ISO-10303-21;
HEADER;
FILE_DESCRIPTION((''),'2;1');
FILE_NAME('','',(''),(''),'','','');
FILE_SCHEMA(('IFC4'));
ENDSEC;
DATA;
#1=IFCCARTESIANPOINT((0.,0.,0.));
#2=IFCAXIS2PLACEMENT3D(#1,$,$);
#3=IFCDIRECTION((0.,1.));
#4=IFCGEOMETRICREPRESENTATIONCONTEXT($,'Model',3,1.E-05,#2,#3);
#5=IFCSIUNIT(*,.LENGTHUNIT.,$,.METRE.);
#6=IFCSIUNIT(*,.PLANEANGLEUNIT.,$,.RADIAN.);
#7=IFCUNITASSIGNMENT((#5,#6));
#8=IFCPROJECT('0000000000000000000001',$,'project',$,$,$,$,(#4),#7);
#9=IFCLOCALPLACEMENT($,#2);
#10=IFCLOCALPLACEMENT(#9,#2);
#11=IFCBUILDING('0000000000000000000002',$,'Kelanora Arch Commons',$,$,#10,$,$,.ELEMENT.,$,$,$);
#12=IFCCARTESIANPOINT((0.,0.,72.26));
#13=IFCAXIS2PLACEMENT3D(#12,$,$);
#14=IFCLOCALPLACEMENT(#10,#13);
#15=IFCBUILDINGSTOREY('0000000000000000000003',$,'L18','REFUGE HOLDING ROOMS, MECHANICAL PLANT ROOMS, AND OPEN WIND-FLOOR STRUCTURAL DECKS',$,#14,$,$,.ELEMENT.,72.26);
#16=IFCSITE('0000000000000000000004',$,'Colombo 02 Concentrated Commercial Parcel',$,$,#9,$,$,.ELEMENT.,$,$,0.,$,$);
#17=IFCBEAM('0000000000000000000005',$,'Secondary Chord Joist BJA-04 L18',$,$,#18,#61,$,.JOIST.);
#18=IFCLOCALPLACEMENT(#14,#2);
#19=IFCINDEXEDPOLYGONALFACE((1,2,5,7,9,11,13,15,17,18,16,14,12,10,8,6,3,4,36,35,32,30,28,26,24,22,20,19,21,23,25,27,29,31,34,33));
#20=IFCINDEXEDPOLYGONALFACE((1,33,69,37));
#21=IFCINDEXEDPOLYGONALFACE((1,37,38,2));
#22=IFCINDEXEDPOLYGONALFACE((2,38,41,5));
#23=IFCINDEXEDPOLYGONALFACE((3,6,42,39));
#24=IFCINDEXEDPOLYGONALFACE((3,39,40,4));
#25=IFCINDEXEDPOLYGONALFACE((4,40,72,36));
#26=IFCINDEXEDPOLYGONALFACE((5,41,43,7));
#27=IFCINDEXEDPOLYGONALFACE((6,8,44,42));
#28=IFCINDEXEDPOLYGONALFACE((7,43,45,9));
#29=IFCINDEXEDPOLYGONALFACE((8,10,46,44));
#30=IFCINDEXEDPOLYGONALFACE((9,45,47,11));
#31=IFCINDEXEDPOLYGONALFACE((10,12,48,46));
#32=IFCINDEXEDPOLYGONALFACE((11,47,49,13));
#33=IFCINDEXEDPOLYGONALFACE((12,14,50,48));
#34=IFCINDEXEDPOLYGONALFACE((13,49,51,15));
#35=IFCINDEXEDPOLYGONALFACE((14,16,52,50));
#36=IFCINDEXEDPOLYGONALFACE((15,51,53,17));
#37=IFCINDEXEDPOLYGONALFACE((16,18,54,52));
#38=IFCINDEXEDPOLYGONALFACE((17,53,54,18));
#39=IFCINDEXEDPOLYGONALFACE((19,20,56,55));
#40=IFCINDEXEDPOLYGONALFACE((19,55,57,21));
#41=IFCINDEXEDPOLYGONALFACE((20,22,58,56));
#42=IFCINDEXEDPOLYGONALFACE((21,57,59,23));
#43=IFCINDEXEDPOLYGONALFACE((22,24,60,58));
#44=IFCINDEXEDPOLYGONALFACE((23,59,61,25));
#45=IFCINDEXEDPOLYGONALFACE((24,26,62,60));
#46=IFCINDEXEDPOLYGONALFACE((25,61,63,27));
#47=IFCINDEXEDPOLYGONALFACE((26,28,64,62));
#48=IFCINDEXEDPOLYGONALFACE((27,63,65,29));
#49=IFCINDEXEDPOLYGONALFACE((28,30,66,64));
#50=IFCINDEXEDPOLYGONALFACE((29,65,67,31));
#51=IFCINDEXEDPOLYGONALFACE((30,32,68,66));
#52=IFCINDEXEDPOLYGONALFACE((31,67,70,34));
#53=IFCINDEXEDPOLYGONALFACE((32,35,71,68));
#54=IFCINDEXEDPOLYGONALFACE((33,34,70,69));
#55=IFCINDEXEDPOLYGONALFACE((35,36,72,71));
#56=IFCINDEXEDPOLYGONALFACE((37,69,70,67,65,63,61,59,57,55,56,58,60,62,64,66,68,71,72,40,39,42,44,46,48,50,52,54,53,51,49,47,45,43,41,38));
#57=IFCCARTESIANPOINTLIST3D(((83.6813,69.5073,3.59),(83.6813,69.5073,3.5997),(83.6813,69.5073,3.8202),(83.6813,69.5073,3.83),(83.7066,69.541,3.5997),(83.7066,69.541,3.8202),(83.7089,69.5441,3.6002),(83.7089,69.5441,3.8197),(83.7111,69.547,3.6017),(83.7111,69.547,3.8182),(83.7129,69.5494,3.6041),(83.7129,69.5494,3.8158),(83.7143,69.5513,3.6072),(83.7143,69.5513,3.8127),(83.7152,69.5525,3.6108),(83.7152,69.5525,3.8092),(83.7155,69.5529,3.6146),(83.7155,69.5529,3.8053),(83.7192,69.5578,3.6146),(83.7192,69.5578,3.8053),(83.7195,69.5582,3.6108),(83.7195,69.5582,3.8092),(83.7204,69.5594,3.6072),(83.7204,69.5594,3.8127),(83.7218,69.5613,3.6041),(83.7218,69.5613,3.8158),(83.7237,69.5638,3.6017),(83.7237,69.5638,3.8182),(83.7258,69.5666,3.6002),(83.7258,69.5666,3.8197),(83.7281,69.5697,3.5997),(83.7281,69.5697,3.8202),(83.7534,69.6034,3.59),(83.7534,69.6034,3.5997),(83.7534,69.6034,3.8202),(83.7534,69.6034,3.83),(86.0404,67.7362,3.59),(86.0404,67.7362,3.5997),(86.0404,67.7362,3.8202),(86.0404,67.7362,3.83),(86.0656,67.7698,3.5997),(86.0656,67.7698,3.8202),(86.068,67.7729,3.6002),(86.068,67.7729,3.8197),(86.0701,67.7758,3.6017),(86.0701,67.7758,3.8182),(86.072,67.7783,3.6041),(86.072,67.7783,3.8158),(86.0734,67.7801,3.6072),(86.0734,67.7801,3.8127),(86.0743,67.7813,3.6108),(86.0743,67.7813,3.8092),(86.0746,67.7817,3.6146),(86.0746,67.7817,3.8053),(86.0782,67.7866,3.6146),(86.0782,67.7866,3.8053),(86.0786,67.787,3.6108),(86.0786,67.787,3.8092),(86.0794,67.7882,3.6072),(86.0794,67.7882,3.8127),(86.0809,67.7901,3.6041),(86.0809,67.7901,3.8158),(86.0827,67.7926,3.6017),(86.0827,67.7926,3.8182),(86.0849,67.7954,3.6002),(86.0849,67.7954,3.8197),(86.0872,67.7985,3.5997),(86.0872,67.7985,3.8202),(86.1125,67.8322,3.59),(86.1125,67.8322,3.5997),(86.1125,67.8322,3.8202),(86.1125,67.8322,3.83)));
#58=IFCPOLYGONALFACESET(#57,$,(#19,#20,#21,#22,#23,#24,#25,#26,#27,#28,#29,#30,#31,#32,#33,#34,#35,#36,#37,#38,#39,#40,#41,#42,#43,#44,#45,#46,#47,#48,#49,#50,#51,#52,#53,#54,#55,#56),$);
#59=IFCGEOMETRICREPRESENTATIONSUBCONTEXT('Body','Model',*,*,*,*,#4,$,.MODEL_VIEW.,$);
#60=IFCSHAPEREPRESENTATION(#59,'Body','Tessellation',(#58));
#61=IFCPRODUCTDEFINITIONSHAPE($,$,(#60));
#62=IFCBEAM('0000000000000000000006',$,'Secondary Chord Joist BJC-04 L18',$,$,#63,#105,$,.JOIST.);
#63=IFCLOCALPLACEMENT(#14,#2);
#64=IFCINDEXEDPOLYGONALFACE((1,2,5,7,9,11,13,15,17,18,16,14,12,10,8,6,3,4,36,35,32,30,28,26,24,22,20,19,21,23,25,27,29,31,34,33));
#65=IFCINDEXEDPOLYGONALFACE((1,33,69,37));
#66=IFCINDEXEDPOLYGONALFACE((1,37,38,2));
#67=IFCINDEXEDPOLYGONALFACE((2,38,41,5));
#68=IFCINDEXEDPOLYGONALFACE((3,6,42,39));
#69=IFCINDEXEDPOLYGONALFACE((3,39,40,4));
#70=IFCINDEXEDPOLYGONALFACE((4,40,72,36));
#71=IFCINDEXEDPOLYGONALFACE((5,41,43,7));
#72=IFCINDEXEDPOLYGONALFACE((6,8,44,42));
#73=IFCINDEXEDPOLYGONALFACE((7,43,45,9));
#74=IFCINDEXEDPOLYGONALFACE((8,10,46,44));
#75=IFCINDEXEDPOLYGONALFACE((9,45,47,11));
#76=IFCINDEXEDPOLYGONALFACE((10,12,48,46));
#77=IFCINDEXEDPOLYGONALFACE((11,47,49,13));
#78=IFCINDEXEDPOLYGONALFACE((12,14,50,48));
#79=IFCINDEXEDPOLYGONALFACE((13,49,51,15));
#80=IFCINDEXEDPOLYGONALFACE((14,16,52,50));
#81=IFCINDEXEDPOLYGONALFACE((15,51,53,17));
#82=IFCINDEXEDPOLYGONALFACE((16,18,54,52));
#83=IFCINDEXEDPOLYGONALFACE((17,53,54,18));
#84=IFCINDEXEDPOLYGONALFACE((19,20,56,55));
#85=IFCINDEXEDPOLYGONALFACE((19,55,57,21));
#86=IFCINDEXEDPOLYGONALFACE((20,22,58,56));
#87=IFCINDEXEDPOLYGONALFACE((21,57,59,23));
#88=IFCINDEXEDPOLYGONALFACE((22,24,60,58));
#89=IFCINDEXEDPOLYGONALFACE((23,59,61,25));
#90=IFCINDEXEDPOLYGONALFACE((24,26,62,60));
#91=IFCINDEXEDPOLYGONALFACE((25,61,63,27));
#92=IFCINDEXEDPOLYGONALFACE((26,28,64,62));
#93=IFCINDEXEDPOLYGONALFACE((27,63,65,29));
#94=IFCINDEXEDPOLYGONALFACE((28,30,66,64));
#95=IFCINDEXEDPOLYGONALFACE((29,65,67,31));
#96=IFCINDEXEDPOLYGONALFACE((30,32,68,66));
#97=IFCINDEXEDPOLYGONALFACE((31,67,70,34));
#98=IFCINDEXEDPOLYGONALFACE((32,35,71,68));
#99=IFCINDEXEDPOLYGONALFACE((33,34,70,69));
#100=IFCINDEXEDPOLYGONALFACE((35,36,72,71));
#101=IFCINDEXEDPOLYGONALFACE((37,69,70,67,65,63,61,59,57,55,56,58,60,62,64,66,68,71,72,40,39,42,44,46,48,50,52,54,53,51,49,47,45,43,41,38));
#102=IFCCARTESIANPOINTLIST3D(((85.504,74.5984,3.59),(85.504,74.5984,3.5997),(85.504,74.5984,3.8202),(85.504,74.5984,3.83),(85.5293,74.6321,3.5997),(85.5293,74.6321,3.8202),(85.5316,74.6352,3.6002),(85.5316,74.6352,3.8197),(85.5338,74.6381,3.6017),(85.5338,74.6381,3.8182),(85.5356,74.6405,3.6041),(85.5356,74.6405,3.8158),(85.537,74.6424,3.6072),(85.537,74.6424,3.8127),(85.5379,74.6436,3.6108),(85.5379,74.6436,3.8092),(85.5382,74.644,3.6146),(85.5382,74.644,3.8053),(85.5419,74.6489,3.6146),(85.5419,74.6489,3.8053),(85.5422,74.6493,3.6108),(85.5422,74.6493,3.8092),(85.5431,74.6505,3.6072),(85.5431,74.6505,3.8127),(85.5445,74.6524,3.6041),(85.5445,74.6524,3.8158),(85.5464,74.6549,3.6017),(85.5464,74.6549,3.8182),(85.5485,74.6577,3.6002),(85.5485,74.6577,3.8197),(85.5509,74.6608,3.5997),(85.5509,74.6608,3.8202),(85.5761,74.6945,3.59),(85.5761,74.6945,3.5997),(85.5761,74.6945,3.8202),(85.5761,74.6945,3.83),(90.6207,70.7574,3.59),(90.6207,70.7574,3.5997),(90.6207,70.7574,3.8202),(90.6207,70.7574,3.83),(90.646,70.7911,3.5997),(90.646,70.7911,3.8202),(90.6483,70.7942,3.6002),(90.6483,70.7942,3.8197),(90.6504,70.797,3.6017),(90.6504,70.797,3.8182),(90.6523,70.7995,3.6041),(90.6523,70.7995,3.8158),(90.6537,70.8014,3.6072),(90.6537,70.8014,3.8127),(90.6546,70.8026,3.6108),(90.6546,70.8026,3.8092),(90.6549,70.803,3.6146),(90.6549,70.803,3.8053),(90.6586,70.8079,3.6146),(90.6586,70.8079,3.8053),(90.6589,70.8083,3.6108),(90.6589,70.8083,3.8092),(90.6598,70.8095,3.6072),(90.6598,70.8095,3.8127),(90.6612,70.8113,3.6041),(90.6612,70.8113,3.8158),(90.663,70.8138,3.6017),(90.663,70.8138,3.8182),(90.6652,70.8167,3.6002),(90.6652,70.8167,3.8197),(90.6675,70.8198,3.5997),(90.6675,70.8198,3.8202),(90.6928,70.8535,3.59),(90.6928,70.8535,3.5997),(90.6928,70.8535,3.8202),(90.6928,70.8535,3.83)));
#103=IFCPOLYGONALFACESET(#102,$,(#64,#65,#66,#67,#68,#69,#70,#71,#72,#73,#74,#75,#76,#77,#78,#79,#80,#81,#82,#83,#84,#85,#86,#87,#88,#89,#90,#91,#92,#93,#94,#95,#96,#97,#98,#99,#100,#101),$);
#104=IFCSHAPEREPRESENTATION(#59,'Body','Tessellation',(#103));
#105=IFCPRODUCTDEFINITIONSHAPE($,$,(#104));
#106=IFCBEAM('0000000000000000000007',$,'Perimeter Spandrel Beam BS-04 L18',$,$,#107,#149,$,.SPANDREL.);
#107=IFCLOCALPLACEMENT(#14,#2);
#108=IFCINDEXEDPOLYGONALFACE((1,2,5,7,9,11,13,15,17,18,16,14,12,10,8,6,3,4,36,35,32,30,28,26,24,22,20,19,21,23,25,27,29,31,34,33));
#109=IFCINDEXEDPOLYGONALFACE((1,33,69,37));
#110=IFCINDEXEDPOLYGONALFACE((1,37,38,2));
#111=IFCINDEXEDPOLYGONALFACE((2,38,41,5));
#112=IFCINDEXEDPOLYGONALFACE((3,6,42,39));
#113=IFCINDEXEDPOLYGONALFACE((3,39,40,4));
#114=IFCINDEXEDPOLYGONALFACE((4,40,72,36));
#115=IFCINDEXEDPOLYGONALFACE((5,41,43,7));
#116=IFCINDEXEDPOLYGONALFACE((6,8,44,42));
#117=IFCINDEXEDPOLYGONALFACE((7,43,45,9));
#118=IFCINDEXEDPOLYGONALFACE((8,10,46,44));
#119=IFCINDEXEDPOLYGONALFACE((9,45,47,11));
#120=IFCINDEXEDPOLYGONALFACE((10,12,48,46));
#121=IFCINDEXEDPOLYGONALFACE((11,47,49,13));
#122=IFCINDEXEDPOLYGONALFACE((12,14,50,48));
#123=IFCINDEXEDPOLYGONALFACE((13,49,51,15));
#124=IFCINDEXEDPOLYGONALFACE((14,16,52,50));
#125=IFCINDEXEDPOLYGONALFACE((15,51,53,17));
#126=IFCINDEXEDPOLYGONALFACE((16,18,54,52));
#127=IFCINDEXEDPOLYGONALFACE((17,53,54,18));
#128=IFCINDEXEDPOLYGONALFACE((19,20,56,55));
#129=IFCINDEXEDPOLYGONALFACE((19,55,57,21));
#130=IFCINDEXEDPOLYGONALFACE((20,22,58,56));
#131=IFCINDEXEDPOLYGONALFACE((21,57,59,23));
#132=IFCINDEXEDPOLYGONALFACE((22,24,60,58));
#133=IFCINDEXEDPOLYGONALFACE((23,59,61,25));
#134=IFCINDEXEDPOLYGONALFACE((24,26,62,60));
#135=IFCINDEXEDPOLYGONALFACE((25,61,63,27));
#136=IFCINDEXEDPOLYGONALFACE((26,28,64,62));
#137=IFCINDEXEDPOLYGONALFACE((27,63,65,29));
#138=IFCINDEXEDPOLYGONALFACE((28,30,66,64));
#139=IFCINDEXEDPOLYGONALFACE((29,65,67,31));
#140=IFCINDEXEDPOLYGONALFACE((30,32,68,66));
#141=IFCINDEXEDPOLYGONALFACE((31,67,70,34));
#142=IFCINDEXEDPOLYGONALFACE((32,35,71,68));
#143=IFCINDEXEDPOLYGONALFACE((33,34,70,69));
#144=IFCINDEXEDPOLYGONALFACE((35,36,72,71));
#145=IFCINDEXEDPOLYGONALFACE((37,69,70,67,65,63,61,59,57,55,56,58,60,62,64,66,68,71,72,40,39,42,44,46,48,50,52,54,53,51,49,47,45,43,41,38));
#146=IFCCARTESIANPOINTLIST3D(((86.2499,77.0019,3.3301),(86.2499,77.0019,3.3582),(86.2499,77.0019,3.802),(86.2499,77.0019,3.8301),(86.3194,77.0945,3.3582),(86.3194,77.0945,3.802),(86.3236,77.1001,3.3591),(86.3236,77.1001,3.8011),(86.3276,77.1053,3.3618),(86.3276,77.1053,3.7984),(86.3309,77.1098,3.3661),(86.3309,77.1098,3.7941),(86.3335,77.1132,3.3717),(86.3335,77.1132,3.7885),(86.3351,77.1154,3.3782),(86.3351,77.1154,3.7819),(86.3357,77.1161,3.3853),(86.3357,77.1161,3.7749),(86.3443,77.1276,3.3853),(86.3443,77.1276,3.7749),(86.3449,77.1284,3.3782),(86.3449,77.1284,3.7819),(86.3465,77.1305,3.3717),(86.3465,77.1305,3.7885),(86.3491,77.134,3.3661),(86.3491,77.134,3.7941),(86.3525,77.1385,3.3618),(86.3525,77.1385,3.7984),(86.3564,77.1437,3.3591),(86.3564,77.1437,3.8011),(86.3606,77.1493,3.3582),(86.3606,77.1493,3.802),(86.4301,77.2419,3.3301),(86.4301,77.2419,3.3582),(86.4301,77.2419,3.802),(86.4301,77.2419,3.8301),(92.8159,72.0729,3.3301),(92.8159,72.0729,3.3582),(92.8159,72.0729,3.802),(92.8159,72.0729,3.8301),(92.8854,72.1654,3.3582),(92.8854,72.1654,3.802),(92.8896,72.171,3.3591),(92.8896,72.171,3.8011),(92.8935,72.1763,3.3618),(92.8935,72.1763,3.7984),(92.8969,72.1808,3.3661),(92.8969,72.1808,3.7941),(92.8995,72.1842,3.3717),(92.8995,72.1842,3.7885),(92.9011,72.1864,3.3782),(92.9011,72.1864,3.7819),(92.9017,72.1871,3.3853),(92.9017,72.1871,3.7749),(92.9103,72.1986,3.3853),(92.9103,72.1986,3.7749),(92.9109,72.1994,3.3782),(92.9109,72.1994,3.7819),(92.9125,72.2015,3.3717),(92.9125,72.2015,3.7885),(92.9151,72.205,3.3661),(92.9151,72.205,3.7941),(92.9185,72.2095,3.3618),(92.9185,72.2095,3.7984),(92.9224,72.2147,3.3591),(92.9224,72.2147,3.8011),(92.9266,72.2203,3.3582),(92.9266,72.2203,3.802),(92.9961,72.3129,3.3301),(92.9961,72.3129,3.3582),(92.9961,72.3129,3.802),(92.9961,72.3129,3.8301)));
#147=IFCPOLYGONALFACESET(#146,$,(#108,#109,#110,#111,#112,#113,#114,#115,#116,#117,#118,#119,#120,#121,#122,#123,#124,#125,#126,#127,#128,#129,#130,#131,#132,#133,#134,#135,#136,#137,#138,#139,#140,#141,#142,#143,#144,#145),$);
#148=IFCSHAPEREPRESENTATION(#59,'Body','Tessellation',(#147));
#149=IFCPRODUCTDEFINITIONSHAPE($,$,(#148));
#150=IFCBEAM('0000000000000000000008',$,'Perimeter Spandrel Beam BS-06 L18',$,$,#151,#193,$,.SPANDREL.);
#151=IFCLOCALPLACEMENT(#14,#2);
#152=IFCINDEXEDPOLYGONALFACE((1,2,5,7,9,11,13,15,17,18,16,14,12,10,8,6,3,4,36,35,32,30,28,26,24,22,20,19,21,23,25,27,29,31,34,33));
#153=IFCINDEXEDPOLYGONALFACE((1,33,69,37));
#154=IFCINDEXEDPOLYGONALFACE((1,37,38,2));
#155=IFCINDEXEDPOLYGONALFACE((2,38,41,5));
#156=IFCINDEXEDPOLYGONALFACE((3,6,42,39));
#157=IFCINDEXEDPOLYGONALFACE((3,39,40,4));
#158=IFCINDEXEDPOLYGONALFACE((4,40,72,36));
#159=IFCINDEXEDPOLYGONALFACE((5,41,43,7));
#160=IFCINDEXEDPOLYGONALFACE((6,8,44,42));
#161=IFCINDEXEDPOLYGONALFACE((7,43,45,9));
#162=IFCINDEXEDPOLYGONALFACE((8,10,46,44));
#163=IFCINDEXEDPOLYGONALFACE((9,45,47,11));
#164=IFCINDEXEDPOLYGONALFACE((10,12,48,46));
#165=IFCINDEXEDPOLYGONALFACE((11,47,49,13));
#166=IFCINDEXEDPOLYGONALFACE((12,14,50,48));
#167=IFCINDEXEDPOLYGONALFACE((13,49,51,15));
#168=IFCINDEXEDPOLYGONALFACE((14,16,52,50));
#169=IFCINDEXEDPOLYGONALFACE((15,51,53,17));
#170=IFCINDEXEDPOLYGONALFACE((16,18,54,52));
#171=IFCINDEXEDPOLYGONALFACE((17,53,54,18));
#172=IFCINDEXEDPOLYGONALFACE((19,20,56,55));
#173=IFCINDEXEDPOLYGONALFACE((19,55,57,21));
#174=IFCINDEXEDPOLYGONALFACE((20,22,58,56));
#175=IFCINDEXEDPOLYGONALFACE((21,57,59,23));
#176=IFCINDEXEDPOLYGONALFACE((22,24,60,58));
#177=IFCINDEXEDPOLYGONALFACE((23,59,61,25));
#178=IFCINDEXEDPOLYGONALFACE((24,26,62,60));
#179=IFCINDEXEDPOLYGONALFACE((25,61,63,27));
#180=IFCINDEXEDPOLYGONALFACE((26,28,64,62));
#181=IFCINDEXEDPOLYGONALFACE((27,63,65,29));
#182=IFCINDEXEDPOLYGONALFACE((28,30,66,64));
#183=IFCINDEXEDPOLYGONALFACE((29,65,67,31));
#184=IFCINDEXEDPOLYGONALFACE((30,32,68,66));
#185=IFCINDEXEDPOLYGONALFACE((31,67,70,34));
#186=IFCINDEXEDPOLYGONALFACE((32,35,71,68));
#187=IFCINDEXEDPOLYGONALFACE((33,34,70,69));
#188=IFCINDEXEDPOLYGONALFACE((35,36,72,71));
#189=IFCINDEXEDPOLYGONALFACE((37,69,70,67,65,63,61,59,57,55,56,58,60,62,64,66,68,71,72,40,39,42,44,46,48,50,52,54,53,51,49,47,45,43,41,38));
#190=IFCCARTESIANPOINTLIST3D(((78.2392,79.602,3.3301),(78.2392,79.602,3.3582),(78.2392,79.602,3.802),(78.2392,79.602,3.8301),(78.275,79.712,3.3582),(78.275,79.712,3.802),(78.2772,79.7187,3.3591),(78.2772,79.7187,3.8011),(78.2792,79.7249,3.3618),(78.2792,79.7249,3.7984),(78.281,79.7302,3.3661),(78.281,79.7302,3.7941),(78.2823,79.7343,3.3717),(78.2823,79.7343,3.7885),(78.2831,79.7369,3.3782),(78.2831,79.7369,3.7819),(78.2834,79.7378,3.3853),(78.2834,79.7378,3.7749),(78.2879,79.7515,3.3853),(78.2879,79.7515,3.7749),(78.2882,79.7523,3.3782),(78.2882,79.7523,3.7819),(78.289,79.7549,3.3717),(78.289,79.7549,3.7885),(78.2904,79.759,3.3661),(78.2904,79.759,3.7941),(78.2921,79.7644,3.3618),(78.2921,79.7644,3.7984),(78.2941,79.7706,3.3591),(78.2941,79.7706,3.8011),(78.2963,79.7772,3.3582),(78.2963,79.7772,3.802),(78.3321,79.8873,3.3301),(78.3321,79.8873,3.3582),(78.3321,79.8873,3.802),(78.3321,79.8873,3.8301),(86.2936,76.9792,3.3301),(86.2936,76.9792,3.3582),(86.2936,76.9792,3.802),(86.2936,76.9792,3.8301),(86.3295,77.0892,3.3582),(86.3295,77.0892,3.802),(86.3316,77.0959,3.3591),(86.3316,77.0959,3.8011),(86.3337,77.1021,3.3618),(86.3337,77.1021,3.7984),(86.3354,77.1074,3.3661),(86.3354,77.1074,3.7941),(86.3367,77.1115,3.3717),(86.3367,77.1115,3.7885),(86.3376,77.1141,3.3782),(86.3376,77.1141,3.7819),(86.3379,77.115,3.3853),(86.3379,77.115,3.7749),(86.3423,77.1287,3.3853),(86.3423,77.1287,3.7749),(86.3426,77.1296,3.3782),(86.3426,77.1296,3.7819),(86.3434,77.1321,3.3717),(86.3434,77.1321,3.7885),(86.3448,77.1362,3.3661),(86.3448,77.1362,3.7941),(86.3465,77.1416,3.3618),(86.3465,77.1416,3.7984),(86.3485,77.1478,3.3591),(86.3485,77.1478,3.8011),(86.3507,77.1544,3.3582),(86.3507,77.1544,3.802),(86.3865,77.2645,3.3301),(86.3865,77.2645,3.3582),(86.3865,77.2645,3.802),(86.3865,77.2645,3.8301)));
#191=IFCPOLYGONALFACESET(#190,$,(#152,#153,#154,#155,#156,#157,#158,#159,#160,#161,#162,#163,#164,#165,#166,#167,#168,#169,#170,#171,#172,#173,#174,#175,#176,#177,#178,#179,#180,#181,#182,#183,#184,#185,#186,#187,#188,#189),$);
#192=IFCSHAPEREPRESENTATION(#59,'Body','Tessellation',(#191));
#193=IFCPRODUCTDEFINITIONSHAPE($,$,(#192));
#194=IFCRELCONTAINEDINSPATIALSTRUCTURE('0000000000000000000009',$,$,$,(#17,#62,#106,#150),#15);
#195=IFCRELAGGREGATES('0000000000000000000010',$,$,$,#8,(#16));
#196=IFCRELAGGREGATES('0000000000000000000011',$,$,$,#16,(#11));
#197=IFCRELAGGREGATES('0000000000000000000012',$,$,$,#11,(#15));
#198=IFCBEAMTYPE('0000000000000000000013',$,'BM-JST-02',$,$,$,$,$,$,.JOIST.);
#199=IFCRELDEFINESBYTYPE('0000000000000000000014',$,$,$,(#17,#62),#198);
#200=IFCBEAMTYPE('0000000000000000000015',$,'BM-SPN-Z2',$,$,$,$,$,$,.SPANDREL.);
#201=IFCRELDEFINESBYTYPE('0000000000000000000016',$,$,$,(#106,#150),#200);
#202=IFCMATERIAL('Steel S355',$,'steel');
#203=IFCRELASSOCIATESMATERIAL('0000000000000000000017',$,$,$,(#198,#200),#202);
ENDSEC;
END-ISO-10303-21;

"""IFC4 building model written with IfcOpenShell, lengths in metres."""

from ifc_helpers import new_model, si_unit, direction, frame, origin, origin_2d, place, context, subcontext, project, spatial, i_section, extrude, material, material_profile, profile_set, type_object, element, save


model = new_model("IFC4")

# Units and contexts
model_context = context("Model", 3, precision=1e-05, world=origin(), true_north=direction((0.0, 1.0)))
body_context = subcontext(model_context, "Body", "Model", "MODEL_VIEW")
ifc_project = project(units=[si_unit("LENGTHUNIT", "METRE"), si_unit("PLANEANGLEUNIT", "RADIAN")], contexts=[model_context])

# Site, building, storey
site_placement = place(None, origin())
site = spatial("IfcSite", under=ifc_project, at=site_placement, Name="Colombo 02 Concentrated Commercial Parcel", CompositionType="ELEMENT", RefElevation=0.0)
building_placement = place(site_placement, origin())
building = spatial("IfcBuilding", under=site, at=building_placement, Name="Kelanora Arch Commons", CompositionType="ELEMENT")
storey_placement = place(building_placement, frame((0.0, 0.0, 72.26)))
storey = spatial("IfcBuildingStorey", under=building, at=storey_placement, Name="L18", Description="REFUGE HOLDING ROOMS, MECHANICAL PLANT ROOMS, AND OPEN WIND-FLOOR STRUCTURAL DECKS", CompositionType="ELEMENT", Elevation=72.26)

# Beams
ifc_material_1 = material(Name="Steel S355", Category="steel")
ifc_material_profile_1 = material_profile(ifc_material_1, i_section(OverallWidth=0.1201, OverallDepth=0.24, WebThickness=0.0061, FlangeThickness=0.0098, FilletRadius=0.0149, at=origin_2d()), Name="IPE240")
ifc_profile_set_1 = profile_set([ifc_material_profile_1], Name="Steel S355")
beam_type_1 = type_object("IfcBeamType", Name="BM-JST-02", PredefinedType="JOIST", material=ifc_profile_set_1)
beam_1_placement = place(storey_placement, frame((86.0764, 67.7842, 3.71), z_axis=(-0.799692, 0.60041, 0.0), x_axis=(-0.60041, -0.799692, 0.0)))
element("IfcBeam", 1, at=beam_1_placement, inside=storey, type_object=beam_type_1, Name="Secondary Chord Joist BJA-04 L18", PredefinedType="JOIST", context=body_context, shape_type="SweptSolid", body=[
    extrude(i_section(OverallWidth=0.1201, OverallDepth=0.24, WebThickness=0.0061, FlangeThickness=0.0098, FilletRadius=0.0149, at=origin_2d()), origin(), (0.0, 0.0, 1.0), 2.95),
])
beam_2_placement = place(storey_placement, frame((90.6567, 70.8054, 3.71), z_axis=(-0.799734, 0.600354, 0.0), x_axis=(-0.600354, -0.799734, 0.0)))
element("IfcBeam", 2, at=beam_2_placement, inside=storey, type_object=beam_type_1, Name="Secondary Chord Joist BJC-04 L18", PredefinedType="JOIST", context=body_context, shape_type="SweptSolid", body=[
    extrude(i_section(OverallWidth=0.1201, OverallDepth=0.24, WebThickness=0.0061, FlangeThickness=0.0098, FilletRadius=0.0149, at=origin_2d()), origin(), (0.0, 0.0, 1.0), 6.3979),
])
ifc_material_profile_2 = material_profile(ifc_material_1, i_section(OverallWidth=0.3, OverallDepth=0.5, WebThickness=0.0144, FlangeThickness=0.0281, FilletRadius=0.0271, at=origin_2d()), Name="HEB500")
ifc_profile_set_2 = profile_set([ifc_material_profile_2], Name="Steel S355")
beam_type_2 = type_object("IfcBeamType", Name="BM-SPN-Z2", PredefinedType="SPANDREL", material=ifc_profile_set_2)
beam_3_placement = place(storey_placement, frame((92.906, 72.1929, 3.5801), z_axis=(-0.799736, 0.600352, 0.0), x_axis=(-0.600352, -0.799736, 0.0)))
element("IfcBeam", 3, at=beam_3_placement, inside=storey, type_object=beam_type_2, Name="Perimeter Spandrel Beam BS-04 L18", PredefinedType="SPANDREL", context=body_context, shape_type="SweptSolid", body=[
    extrude(i_section(OverallWidth=0.3, OverallDepth=0.5, WebThickness=0.0144, FlangeThickness=0.0281, FilletRadius=0.0271, at=origin_2d()), origin(), (0.0, 0.0, 1.0), 8.2102),
])
beam_4_placement = place(storey_placement, frame((86.3401, 77.1218, 3.5801), z_axis=(-0.950857, 0.309631, 0.0), x_axis=(-0.309631, -0.950857, 0.0)))
element("IfcBeam", 4, at=beam_4_placement, inside=storey, type_object=beam_type_2, Name="Perimeter Spandrel Beam BS-06 L18", PredefinedType="SPANDREL", context=body_context, shape_type="SweptSolid", body=[
    extrude(i_section(OverallWidth=0.3, OverallDepth=0.5, WebThickness=0.0144, FlangeThickness=0.0281, FilletRadius=0.0271, at=origin_2d()), origin(), (0.0, 0.0, 1.0), 8.4707),
])

save(model, "model.ifc")
